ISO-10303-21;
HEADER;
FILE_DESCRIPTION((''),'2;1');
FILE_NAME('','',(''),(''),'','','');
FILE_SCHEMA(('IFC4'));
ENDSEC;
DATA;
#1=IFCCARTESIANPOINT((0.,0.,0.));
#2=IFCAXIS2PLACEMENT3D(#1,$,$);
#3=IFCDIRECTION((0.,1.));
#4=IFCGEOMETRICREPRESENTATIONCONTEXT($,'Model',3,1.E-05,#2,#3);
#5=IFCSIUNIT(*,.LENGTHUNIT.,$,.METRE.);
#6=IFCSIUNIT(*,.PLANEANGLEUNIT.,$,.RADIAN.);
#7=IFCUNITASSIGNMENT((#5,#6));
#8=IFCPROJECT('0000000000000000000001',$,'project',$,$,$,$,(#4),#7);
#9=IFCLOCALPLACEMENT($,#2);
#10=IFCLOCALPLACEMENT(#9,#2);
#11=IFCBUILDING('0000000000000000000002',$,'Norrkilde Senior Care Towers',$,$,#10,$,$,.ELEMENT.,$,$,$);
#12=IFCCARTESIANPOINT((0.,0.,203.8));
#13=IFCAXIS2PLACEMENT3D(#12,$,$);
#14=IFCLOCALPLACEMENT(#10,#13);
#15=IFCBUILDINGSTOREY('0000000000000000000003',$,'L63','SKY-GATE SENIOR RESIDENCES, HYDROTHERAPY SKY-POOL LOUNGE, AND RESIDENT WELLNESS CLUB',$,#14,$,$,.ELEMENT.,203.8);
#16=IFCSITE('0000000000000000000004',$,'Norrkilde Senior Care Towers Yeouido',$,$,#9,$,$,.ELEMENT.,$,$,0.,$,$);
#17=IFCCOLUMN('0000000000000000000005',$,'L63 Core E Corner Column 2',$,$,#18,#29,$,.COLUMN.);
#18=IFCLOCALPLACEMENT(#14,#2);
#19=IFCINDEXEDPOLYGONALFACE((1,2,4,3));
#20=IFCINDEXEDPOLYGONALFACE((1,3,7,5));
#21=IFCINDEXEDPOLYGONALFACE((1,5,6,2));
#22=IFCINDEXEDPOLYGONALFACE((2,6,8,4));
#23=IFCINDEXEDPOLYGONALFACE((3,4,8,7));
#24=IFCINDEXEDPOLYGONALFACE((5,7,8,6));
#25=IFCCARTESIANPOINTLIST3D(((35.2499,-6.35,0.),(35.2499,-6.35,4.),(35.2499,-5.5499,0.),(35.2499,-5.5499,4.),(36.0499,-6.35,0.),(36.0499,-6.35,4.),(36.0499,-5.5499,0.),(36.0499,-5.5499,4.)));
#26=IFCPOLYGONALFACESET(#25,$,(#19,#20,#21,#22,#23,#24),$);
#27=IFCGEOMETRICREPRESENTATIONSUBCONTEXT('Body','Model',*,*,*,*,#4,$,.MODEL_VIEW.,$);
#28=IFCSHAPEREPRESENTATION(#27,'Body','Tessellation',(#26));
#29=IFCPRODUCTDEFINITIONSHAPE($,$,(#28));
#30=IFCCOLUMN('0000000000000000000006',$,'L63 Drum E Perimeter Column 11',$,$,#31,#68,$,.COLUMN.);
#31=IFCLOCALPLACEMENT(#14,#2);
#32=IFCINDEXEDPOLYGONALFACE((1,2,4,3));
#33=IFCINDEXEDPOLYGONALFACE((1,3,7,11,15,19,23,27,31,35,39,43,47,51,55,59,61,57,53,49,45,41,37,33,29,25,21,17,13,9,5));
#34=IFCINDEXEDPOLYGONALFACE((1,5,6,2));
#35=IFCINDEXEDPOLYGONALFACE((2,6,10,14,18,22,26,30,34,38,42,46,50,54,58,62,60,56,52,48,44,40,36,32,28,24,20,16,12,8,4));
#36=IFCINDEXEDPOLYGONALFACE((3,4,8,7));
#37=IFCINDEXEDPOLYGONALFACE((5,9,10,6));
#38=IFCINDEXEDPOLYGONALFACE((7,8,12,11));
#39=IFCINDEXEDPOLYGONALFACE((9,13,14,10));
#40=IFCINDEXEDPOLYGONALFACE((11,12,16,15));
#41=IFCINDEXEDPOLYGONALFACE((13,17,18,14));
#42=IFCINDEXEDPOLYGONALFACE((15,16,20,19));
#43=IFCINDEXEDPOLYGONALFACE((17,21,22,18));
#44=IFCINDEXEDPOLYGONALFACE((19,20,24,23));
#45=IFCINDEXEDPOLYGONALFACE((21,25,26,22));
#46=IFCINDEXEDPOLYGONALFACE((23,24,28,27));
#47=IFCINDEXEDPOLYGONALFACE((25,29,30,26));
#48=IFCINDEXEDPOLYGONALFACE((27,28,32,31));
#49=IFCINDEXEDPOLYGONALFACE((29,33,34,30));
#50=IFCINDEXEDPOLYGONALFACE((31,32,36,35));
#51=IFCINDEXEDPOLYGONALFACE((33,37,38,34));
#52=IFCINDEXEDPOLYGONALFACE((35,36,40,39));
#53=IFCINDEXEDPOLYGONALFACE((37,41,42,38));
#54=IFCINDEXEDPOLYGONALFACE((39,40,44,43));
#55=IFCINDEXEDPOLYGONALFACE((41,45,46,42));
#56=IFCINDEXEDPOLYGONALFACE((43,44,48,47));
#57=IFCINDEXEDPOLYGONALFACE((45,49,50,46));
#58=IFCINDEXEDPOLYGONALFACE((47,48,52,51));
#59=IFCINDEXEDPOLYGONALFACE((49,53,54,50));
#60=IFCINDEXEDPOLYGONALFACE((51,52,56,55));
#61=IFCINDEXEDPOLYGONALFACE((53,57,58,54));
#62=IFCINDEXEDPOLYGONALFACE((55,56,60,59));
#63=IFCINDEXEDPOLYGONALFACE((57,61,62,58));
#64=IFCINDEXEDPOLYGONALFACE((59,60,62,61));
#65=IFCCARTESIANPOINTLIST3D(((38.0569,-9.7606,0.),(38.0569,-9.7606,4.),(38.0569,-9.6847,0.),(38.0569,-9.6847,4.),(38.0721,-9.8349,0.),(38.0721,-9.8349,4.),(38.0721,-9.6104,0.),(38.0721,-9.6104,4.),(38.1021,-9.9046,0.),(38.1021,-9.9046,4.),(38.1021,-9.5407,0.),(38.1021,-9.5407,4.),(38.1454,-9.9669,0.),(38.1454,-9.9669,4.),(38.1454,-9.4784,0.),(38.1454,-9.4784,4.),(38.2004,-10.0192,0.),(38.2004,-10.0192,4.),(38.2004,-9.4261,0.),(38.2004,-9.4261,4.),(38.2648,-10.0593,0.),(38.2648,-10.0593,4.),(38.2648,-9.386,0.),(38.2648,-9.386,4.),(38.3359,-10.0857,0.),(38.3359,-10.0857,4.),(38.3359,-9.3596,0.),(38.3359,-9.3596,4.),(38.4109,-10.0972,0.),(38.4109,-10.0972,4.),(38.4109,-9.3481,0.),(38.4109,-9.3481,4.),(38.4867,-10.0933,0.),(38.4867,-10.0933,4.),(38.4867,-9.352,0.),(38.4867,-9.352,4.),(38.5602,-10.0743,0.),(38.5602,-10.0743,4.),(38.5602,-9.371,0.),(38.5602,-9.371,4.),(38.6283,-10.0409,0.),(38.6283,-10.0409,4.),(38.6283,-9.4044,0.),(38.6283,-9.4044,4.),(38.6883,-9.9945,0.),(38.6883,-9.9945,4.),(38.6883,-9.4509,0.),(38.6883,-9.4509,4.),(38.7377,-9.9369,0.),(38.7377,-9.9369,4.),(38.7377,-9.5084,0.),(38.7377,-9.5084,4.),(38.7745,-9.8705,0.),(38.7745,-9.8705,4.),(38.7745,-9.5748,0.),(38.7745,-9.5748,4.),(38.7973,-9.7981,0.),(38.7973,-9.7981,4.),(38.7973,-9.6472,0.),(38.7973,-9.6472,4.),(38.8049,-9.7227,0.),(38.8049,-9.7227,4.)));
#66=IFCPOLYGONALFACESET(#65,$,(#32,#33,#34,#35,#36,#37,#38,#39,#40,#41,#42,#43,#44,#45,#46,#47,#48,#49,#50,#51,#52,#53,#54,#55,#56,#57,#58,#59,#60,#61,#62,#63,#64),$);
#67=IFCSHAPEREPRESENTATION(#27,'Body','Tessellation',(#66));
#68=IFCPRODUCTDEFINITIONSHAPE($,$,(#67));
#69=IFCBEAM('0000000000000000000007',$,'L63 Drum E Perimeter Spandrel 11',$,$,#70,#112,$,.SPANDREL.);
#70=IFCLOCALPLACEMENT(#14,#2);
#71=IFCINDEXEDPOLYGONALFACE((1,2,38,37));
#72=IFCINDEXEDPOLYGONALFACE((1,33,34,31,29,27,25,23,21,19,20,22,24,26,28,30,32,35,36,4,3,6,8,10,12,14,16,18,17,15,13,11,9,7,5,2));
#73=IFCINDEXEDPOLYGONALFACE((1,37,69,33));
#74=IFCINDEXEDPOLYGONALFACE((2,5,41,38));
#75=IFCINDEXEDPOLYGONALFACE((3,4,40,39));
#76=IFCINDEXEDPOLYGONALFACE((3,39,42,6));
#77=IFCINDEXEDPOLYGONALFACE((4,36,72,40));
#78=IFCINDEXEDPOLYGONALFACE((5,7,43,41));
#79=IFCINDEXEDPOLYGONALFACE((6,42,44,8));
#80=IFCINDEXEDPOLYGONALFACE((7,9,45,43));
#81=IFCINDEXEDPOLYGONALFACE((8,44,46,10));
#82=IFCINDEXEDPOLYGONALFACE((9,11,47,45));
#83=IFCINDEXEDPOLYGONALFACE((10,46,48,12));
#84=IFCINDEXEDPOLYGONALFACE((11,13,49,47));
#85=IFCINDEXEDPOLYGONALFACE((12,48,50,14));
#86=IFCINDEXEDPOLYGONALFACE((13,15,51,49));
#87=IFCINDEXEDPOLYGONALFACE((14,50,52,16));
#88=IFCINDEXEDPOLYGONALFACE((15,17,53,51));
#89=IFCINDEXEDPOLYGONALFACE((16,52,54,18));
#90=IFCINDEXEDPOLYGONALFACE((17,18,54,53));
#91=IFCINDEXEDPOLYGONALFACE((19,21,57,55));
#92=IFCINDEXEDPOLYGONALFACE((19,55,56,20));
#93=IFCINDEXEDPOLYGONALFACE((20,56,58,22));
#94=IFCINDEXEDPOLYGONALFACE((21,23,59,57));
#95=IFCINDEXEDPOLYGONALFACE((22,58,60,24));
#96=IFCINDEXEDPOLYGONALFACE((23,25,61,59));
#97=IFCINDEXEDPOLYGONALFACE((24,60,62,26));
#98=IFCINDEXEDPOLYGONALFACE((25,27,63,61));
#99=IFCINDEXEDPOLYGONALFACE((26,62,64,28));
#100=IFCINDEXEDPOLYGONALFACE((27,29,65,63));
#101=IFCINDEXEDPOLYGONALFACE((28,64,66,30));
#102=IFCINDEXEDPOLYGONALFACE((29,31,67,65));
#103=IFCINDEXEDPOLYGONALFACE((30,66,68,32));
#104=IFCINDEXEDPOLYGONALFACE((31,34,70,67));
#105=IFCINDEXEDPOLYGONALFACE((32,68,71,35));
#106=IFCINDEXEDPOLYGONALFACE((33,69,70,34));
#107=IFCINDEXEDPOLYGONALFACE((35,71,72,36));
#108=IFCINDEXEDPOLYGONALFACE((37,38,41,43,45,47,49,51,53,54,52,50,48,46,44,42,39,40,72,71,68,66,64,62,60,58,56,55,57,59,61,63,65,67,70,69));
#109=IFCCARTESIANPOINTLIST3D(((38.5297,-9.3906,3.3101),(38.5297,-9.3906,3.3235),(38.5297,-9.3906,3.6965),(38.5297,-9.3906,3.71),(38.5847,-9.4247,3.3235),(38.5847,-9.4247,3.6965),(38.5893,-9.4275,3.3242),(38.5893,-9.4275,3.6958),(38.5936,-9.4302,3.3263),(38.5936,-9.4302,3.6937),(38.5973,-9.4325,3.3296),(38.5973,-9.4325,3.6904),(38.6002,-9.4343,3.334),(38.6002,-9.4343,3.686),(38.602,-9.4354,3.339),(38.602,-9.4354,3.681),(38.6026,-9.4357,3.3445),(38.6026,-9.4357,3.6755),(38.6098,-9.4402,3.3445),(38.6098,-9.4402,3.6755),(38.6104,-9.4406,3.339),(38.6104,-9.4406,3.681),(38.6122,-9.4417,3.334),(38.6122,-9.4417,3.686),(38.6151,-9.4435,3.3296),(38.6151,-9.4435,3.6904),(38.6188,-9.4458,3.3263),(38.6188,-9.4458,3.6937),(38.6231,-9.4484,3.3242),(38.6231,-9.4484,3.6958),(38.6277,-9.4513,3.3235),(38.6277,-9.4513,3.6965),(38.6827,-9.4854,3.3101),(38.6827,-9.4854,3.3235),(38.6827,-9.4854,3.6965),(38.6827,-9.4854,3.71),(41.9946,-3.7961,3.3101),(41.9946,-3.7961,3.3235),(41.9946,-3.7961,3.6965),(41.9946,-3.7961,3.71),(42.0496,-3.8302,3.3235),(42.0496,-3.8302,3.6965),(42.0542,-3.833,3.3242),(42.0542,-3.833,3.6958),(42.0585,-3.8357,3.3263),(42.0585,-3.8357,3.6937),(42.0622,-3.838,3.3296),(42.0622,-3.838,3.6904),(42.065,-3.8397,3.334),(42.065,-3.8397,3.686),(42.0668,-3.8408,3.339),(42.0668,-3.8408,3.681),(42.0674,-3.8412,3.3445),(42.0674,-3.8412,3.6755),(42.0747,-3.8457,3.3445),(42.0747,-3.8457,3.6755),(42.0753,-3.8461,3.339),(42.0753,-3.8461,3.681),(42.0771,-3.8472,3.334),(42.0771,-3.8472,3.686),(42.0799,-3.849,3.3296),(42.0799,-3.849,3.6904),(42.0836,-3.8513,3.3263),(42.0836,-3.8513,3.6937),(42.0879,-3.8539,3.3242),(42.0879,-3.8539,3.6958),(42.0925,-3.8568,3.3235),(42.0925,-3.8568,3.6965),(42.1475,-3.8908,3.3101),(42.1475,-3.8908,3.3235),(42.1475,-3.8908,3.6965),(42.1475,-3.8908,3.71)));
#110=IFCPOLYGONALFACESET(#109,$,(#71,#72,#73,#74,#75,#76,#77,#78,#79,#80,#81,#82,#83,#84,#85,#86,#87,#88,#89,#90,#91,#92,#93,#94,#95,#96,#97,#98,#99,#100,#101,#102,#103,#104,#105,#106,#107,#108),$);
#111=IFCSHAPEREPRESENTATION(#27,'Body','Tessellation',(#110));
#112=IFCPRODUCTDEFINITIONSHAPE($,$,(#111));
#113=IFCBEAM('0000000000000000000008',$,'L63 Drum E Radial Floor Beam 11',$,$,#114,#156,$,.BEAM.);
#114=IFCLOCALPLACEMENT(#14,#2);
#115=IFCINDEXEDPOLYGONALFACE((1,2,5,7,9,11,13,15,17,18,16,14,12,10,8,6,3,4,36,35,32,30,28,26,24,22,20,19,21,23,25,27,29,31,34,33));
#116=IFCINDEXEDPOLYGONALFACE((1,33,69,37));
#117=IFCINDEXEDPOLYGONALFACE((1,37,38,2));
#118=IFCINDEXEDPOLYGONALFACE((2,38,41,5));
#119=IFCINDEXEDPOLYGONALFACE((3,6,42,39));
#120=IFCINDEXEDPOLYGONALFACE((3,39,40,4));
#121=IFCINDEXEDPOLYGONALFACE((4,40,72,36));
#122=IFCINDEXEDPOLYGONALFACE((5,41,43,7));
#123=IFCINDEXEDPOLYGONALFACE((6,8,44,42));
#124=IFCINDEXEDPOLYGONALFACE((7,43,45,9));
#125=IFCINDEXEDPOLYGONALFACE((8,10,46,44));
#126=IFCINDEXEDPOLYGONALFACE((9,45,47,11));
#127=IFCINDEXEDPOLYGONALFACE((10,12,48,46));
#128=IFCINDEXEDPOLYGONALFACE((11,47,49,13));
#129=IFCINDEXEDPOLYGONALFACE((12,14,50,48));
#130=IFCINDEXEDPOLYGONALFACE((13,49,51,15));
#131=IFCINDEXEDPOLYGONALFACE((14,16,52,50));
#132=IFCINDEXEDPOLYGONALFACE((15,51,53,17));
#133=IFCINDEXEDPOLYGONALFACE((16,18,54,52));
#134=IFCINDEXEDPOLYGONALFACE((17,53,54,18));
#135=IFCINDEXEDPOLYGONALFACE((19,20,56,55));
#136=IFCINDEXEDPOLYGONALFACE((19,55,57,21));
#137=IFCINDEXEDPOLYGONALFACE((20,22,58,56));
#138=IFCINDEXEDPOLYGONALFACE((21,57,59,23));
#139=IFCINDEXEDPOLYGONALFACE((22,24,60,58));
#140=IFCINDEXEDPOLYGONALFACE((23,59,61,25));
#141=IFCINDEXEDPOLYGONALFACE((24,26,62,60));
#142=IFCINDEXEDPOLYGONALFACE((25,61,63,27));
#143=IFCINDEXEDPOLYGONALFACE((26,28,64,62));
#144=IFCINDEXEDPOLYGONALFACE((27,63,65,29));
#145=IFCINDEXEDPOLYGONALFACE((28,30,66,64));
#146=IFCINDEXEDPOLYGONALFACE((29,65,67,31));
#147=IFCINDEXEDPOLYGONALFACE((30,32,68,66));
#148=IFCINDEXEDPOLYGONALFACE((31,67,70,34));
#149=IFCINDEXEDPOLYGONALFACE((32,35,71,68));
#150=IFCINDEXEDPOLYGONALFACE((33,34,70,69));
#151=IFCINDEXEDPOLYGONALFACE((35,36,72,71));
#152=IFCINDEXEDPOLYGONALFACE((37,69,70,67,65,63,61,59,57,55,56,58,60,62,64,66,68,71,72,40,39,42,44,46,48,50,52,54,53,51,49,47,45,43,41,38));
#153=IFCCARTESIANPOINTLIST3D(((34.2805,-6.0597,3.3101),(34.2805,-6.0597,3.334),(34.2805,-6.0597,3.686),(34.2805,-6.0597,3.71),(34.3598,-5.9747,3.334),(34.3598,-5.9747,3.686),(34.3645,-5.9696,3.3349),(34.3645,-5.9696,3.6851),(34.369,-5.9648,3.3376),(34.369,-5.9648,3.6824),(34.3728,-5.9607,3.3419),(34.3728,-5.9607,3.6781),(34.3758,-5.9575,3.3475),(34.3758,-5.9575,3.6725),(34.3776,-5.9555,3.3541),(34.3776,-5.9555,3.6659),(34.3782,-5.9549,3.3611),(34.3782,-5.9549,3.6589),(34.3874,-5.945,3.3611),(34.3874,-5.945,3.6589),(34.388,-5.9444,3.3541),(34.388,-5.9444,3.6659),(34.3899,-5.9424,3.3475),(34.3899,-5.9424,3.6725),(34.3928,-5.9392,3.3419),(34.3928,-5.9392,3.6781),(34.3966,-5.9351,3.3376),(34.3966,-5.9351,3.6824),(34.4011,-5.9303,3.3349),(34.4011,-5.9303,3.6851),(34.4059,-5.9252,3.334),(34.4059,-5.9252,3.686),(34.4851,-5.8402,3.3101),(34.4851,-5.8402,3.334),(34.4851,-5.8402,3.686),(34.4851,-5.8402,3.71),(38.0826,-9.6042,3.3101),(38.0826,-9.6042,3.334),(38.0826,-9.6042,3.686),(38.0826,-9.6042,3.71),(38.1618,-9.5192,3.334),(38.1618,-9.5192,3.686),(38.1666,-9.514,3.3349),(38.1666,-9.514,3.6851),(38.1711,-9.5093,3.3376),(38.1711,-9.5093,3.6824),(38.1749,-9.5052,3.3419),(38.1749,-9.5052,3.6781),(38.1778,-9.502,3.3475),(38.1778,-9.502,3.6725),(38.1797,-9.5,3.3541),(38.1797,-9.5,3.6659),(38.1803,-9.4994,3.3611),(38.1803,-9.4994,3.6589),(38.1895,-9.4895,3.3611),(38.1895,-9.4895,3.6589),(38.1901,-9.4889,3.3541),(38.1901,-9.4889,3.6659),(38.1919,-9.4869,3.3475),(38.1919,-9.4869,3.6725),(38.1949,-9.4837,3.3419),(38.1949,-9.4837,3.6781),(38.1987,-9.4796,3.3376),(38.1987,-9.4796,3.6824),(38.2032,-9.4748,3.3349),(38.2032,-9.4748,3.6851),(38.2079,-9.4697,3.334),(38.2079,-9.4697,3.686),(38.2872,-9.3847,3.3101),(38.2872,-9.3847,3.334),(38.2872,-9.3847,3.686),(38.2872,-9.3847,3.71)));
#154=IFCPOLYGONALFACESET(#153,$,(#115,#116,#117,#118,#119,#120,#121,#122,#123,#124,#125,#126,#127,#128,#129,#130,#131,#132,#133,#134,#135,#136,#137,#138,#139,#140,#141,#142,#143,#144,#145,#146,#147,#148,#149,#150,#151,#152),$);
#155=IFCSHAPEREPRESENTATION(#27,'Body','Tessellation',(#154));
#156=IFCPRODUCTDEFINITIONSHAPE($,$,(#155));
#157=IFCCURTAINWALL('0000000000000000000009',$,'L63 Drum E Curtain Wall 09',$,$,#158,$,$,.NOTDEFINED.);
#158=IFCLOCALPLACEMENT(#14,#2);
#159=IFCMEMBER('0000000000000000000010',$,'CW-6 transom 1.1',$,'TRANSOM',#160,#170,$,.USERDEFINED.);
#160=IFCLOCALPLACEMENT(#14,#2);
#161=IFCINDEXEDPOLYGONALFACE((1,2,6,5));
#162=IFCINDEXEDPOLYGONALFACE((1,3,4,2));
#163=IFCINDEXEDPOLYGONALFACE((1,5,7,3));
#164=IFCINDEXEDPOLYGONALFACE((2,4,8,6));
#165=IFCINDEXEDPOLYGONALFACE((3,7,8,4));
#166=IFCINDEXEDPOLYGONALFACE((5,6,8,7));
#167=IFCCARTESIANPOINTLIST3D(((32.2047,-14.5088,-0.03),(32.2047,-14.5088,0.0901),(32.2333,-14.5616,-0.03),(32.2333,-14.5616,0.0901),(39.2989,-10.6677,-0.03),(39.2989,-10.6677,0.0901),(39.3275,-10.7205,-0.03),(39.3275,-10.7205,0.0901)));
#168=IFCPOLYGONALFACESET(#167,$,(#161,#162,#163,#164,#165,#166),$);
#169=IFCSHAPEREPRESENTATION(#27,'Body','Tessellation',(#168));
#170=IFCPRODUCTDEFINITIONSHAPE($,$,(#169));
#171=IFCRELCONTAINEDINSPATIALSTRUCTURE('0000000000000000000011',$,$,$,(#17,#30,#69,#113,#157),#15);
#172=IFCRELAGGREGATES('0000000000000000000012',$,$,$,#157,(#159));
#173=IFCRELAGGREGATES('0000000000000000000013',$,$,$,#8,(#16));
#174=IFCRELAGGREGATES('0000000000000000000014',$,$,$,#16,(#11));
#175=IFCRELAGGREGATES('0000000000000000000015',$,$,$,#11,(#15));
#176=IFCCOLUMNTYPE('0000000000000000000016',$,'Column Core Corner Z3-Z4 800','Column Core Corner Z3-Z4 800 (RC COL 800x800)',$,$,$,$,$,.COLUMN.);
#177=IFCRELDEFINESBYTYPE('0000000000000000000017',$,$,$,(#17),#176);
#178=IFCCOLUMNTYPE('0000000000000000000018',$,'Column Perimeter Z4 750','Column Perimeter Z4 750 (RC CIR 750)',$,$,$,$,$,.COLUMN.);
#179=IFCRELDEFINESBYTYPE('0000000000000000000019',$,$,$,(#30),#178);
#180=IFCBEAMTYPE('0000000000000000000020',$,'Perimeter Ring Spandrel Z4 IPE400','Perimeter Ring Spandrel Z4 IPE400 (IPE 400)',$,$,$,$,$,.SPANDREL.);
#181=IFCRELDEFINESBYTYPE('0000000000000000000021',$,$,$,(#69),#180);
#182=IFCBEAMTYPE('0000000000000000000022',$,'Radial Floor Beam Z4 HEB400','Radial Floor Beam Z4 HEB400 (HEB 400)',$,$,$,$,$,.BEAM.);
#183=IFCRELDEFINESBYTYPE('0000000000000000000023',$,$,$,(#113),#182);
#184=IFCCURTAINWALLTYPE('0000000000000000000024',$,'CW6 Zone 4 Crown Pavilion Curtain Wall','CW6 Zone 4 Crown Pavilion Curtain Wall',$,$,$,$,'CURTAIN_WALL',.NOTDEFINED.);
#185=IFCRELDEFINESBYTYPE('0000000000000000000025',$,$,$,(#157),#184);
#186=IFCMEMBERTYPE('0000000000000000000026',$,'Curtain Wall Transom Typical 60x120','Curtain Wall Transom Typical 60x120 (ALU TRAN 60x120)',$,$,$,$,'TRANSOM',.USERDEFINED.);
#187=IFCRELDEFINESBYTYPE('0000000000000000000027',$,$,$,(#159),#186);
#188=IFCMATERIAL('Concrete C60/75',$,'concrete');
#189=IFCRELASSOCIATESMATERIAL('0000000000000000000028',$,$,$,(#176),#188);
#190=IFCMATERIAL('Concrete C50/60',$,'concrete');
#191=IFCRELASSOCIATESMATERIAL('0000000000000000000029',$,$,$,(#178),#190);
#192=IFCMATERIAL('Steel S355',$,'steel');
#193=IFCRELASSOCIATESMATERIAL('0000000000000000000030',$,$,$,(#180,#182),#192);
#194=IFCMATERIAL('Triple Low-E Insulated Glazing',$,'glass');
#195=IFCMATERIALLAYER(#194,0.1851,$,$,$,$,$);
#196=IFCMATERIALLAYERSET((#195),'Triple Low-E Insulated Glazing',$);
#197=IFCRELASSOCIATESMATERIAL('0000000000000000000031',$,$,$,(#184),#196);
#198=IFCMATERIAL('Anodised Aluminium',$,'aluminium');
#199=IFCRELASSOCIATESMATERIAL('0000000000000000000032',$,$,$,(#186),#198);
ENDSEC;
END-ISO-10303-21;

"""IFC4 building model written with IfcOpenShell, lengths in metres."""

from ifc_helpers import new_model, si_unit, direction, frame, origin, origin_2d, place, context, subcontext, project, spatial, rectangle, circle, i_section, extrude, source, transform, mapped, material, layer, layer_set, material_profile, profile_set, type_object, type_shapes, element, aggregate, save


model = new_model("IFC4")

# Units and contexts
model_context = context("Model", 3, precision=1e-05, world=origin(), true_north=direction((0.0, 1.0)))
body_context = subcontext(model_context, "Body", "Model", "MODEL_VIEW")
ifc_project = project(units=[si_unit("LENGTHUNIT", "METRE"), si_unit("PLANEANGLEUNIT", "RADIAN")], contexts=[model_context])

# Site, building, storey
site_placement = place(None, origin())
site = spatial("IfcSite", under=ifc_project, at=site_placement, Name="Norrkilde Senior Care Towers Yeouido", CompositionType="ELEMENT", RefElevation=0.0)
building_placement = place(site_placement, origin())
building = spatial("IfcBuilding", under=site, at=building_placement, Name="Norrkilde Senior Care Towers", CompositionType="ELEMENT")
storey_placement = place(building_placement, frame((0.0, 0.0, 203.8)))
storey = spatial("IfcBuildingStorey", under=building, at=storey_placement, Name="L63", Description="SKY-GATE SENIOR RESIDENCES, HYDROTHERAPY SKY-POOL LOUNGE, AND RESIDENT WELLNESS CLUB", CompositionType="ELEMENT", Elevation=203.8)

# Columns
ifc_material_1 = material(Name="Concrete C60/75", Category="concrete")
ifc_material_profile_1 = material_profile(ifc_material_1, rectangle(XDim=0.8, YDim=0.8, at=origin_2d()), Name="RC COL 800x800")
ifc_profile_set_1 = profile_set([ifc_material_profile_1], Name="Concrete C60/75")
column_type_1 = type_object("IfcColumnType", Name="Column Core Corner Z3-Z4 800", Description="Column Core Corner Z3-Z4 800 (RC COL 800x800)", PredefinedType="COLUMN", material=ifc_profile_set_1)
shared_shape_1 = source(origin(), body_context, "Body", "SweptSolid", [
    extrude(rectangle(XDim=0.8, YDim=0.8, at=origin_2d()), origin(), (0.0, 0.0, 1.0), 4.0),
])
type_shapes(column_type_1, [shared_shape_1])
column_1_placement = place(storey_placement, frame((35.6499, -5.95, 0.0), z_axis=(0.0, 0.0, 1.0), x_axis=(1.0, 0.0, 0.0)))
element("IfcColumn", 1, at=column_1_placement, inside=storey, type_object=column_type_1, Name="L63 Core E Corner Column 2", PredefinedType="COLUMN", context=body_context, shape_type="MappedRepresentation", body=[
    mapped(shared_shape_1, transform((0.0, 0.0, 0.0), x_axis=(1.0, 0.0, 0.0), y_axis=(0.0, 1.0, 0.0), z_axis=(0.0, 0.0, 1.0), scale=1.0)),
])
ifc_material_2 = material(Name="Concrete C50/60", Category="concrete")
ifc_material_profile_2 = material_profile(ifc_material_2, circle(Radius=0.375, at=origin_2d()), Name="RC CIR 750")
ifc_profile_set_2 = profile_set([ifc_material_profile_2], Name="Concrete C50/60")
column_type_2 = type_object("IfcColumnType", Name="Column Perimeter Z4 750", Description="Column Perimeter Z4 750 (RC CIR 750)", PredefinedType="COLUMN", material=ifc_profile_set_2)
shared_shape_2 = source(origin(), body_context, "Body", "SweptSolid", [
    extrude(circle(Radius=0.375, at=origin_2d()), origin(), (0.0, 0.0, 1.0), 4.0),
])
type_shapes(column_type_2, [shared_shape_2])
column_2_placement = place(storey_placement, frame((38.4299, -9.7227, 0.0), z_axis=(0.0, 0.0, 1.0), x_axis=(1.0, 0.0, 0.0)))
element("IfcColumn", 2, at=column_2_placement, inside=storey, type_object=column_type_2, Name="L63 Drum E Perimeter Column 11", PredefinedType="COLUMN", context=body_context, shape_type="MappedRepresentation", body=[
    mapped(shared_shape_2, transform((0.0, 0.0, 0.0), x_axis=(1.0, 0.0, 0.0), y_axis=(0.0, 1.0, 0.0), z_axis=(0.0, 0.0, 1.0), scale=1.0)),
])

# Beams
ifc_material_3 = material(Name="Steel S355", Category="steel")
ifc_material_profile_3 = material_profile(ifc_material_3, i_section(OverallWidth=0.1799, OverallDepth=0.3999, WebThickness=0.0085, FlangeThickness=0.0134, FilletRadius=0.021, at=origin_2d()), Name="IPE 400")
ifc_profile_set_3 = profile_set([ifc_material_profile_3], Name="Steel S355")
beam_type_1 = type_object("IfcBeamType", Name="Perimeter Ring Spandrel Z4 IPE400", Description="Perimeter Ring Spandrel Z4 IPE400 (IPE 400)", PredefinedType="SPANDREL", material=ifc_profile_set_3)
shared_shape_3 = source(origin(), body_context, "Body", "SweptSolid", [
    extrude(i_section(OverallWidth=0.1799, OverallDepth=0.3999, WebThickness=0.0085, FlangeThickness=0.0134, FilletRadius=0.021, at=origin_2d()), origin(), (0.0, 0.0, 1.0), 6.5806),
])
type_shapes(beam_type_1, [shared_shape_3])
beam_1_placement = place(storey_placement, frame((38.6062, -9.438, 3.51), z_axis=(0.52653, 0.850157, 0.0), x_axis=(-0.850157, 0.52653, 0.0)))
element("IfcBeam", 3, at=beam_1_placement, inside=storey, type_object=beam_type_1, Name="L63 Drum E Perimeter Spandrel 11", PredefinedType="SPANDREL", context=body_context, shape_type="MappedRepresentation", body=[
    mapped(shared_shape_3, transform((0.0, 0.0, 0.0), x_axis=(1.0, 0.0, 0.0), y_axis=(0.0, 1.0, 0.0), z_axis=(0.0, 0.0, 1.0), scale=1.0)),
])
ifc_material_profile_4 = material_profile(ifc_material_3, i_section(OverallWidth=0.3, OverallDepth=0.3999, WebThickness=0.0134, FlangeThickness=0.0239, FilletRadius=0.0271, at=origin_2d()), Name="HEB 400")
ifc_profile_set_4 = profile_set([ifc_material_profile_4], Name="Steel S355")
beam_type_2 = type_object("IfcBeamType", Name="Radial Floor Beam Z4 HEB400", Description="Radial Floor Beam Z4 HEB400 (HEB 400)", PredefinedType="BEAM", material=ifc_profile_set_4)
shared_shape_4 = source(origin(), body_context, "Body", "SweptSolid", [
    extrude(i_section(OverallWidth=0.3, OverallDepth=0.3999, WebThickness=0.0134, FlangeThickness=0.0239, FilletRadius=0.0271, at=origin_2d()), origin(), (0.0, 0.0, 1.0), 5.198),
])
type_shapes(beam_type_2, [shared_shape_4])
beam_2_placement = place(storey_placement, frame((34.3828, -5.95, 3.51), z_axis=(0.731449, -0.681896, 0.0), x_axis=(0.681896, 0.731449, 0.0)))
element("IfcBeam", 4, at=beam_2_placement, inside=storey, type_object=beam_type_2, Name="L63 Drum E Radial Floor Beam 11", PredefinedType="BEAM", context=body_context, shape_type="MappedRepresentation", body=[
    mapped(shared_shape_4, transform((0.0, 0.0, 0.0), x_axis=(1.0, 0.0, 0.0), y_axis=(0.0, 1.0, 0.0), z_axis=(0.0, 0.0, 1.0), scale=1.0)),
])

# Curtain wall, member
ifc_material_4 = material(Name="Triple Low-E Insulated Glazing", Category="glass")
ifc_layer_1 = layer(ifc_material_4, 0.1851)
ifc_layer_set_1 = layer_set([ifc_layer_1], Name="Triple Low-E Insulated Glazing")
curtain_wall_type = type_object("IfcCurtainWallType", Name="CW6 Zone 4 Crown Pavilion Curtain Wall", Description="CW6 Zone 4 Crown Pavilion Curtain Wall", ElementType="CURTAIN_WALL", PredefinedType="NOTDEFINED", material=ifc_layer_set_1)
curtain_wall_1_placement = place(storey_placement, origin())
curtain_wall_1 = element("IfcCurtainWall", 5, at=curtain_wall_1_placement, inside=storey, type_object=curtain_wall_type, Name="L63 Drum E Curtain Wall 09", PredefinedType="NOTDEFINED")
ifc_material_5 = material(Name="Anodised Aluminium", Category="aluminium")
ifc_material_profile_5 = material_profile(ifc_material_5, rectangle(XDim=0.0601, YDim=0.1201, at=origin_2d()), Name="ALU TRAN 60x120")
ifc_profile_set_5 = profile_set([ifc_material_profile_5], Name="Anodised Aluminium")
member_type_1 = type_object("IfcMemberType", Name="Curtain Wall Transom Typical 60x120", Description="Curtain Wall Transom Typical 60x120 (ALU TRAN 60x120)", ElementType="TRANSOM", PredefinedType="USERDEFINED", material=ifc_profile_set_5)
shared_shape_5 = source(origin(), body_context, "Body", "SweptSolid", [
    extrude(rectangle(XDim=0.0601, YDim=0.1201, at=origin_2d()), origin(), (0.0, 0.0, 1.0), 8.0674),
])
type_shapes(member_type_1, [shared_shape_5])
member_1_placement = place(storey_placement, frame((39.3132, -10.6941, 0.03), z_axis=(-0.879378, -0.476125, 0.0), x_axis=(0.476125, -0.879378, 0.0)))
member_1 = element("IfcMember", 6, at=member_1_placement, type_object=member_type_1, Name="CW-6 transom 1.1", ObjectType="TRANSOM", PredefinedType="USERDEFINED", context=body_context, shape_type="MappedRepresentation", body=[
    mapped(shared_shape_5, transform((0.0, 0.0, 0.0), x_axis=(1.0, 0.0, 0.0), y_axis=(0.0, 1.0, 0.0), z_axis=(0.0, 0.0, 1.0), scale=1.0)),
])

aggregate(curtain_wall_1, [member_1])

save(model, "model.ifc")
